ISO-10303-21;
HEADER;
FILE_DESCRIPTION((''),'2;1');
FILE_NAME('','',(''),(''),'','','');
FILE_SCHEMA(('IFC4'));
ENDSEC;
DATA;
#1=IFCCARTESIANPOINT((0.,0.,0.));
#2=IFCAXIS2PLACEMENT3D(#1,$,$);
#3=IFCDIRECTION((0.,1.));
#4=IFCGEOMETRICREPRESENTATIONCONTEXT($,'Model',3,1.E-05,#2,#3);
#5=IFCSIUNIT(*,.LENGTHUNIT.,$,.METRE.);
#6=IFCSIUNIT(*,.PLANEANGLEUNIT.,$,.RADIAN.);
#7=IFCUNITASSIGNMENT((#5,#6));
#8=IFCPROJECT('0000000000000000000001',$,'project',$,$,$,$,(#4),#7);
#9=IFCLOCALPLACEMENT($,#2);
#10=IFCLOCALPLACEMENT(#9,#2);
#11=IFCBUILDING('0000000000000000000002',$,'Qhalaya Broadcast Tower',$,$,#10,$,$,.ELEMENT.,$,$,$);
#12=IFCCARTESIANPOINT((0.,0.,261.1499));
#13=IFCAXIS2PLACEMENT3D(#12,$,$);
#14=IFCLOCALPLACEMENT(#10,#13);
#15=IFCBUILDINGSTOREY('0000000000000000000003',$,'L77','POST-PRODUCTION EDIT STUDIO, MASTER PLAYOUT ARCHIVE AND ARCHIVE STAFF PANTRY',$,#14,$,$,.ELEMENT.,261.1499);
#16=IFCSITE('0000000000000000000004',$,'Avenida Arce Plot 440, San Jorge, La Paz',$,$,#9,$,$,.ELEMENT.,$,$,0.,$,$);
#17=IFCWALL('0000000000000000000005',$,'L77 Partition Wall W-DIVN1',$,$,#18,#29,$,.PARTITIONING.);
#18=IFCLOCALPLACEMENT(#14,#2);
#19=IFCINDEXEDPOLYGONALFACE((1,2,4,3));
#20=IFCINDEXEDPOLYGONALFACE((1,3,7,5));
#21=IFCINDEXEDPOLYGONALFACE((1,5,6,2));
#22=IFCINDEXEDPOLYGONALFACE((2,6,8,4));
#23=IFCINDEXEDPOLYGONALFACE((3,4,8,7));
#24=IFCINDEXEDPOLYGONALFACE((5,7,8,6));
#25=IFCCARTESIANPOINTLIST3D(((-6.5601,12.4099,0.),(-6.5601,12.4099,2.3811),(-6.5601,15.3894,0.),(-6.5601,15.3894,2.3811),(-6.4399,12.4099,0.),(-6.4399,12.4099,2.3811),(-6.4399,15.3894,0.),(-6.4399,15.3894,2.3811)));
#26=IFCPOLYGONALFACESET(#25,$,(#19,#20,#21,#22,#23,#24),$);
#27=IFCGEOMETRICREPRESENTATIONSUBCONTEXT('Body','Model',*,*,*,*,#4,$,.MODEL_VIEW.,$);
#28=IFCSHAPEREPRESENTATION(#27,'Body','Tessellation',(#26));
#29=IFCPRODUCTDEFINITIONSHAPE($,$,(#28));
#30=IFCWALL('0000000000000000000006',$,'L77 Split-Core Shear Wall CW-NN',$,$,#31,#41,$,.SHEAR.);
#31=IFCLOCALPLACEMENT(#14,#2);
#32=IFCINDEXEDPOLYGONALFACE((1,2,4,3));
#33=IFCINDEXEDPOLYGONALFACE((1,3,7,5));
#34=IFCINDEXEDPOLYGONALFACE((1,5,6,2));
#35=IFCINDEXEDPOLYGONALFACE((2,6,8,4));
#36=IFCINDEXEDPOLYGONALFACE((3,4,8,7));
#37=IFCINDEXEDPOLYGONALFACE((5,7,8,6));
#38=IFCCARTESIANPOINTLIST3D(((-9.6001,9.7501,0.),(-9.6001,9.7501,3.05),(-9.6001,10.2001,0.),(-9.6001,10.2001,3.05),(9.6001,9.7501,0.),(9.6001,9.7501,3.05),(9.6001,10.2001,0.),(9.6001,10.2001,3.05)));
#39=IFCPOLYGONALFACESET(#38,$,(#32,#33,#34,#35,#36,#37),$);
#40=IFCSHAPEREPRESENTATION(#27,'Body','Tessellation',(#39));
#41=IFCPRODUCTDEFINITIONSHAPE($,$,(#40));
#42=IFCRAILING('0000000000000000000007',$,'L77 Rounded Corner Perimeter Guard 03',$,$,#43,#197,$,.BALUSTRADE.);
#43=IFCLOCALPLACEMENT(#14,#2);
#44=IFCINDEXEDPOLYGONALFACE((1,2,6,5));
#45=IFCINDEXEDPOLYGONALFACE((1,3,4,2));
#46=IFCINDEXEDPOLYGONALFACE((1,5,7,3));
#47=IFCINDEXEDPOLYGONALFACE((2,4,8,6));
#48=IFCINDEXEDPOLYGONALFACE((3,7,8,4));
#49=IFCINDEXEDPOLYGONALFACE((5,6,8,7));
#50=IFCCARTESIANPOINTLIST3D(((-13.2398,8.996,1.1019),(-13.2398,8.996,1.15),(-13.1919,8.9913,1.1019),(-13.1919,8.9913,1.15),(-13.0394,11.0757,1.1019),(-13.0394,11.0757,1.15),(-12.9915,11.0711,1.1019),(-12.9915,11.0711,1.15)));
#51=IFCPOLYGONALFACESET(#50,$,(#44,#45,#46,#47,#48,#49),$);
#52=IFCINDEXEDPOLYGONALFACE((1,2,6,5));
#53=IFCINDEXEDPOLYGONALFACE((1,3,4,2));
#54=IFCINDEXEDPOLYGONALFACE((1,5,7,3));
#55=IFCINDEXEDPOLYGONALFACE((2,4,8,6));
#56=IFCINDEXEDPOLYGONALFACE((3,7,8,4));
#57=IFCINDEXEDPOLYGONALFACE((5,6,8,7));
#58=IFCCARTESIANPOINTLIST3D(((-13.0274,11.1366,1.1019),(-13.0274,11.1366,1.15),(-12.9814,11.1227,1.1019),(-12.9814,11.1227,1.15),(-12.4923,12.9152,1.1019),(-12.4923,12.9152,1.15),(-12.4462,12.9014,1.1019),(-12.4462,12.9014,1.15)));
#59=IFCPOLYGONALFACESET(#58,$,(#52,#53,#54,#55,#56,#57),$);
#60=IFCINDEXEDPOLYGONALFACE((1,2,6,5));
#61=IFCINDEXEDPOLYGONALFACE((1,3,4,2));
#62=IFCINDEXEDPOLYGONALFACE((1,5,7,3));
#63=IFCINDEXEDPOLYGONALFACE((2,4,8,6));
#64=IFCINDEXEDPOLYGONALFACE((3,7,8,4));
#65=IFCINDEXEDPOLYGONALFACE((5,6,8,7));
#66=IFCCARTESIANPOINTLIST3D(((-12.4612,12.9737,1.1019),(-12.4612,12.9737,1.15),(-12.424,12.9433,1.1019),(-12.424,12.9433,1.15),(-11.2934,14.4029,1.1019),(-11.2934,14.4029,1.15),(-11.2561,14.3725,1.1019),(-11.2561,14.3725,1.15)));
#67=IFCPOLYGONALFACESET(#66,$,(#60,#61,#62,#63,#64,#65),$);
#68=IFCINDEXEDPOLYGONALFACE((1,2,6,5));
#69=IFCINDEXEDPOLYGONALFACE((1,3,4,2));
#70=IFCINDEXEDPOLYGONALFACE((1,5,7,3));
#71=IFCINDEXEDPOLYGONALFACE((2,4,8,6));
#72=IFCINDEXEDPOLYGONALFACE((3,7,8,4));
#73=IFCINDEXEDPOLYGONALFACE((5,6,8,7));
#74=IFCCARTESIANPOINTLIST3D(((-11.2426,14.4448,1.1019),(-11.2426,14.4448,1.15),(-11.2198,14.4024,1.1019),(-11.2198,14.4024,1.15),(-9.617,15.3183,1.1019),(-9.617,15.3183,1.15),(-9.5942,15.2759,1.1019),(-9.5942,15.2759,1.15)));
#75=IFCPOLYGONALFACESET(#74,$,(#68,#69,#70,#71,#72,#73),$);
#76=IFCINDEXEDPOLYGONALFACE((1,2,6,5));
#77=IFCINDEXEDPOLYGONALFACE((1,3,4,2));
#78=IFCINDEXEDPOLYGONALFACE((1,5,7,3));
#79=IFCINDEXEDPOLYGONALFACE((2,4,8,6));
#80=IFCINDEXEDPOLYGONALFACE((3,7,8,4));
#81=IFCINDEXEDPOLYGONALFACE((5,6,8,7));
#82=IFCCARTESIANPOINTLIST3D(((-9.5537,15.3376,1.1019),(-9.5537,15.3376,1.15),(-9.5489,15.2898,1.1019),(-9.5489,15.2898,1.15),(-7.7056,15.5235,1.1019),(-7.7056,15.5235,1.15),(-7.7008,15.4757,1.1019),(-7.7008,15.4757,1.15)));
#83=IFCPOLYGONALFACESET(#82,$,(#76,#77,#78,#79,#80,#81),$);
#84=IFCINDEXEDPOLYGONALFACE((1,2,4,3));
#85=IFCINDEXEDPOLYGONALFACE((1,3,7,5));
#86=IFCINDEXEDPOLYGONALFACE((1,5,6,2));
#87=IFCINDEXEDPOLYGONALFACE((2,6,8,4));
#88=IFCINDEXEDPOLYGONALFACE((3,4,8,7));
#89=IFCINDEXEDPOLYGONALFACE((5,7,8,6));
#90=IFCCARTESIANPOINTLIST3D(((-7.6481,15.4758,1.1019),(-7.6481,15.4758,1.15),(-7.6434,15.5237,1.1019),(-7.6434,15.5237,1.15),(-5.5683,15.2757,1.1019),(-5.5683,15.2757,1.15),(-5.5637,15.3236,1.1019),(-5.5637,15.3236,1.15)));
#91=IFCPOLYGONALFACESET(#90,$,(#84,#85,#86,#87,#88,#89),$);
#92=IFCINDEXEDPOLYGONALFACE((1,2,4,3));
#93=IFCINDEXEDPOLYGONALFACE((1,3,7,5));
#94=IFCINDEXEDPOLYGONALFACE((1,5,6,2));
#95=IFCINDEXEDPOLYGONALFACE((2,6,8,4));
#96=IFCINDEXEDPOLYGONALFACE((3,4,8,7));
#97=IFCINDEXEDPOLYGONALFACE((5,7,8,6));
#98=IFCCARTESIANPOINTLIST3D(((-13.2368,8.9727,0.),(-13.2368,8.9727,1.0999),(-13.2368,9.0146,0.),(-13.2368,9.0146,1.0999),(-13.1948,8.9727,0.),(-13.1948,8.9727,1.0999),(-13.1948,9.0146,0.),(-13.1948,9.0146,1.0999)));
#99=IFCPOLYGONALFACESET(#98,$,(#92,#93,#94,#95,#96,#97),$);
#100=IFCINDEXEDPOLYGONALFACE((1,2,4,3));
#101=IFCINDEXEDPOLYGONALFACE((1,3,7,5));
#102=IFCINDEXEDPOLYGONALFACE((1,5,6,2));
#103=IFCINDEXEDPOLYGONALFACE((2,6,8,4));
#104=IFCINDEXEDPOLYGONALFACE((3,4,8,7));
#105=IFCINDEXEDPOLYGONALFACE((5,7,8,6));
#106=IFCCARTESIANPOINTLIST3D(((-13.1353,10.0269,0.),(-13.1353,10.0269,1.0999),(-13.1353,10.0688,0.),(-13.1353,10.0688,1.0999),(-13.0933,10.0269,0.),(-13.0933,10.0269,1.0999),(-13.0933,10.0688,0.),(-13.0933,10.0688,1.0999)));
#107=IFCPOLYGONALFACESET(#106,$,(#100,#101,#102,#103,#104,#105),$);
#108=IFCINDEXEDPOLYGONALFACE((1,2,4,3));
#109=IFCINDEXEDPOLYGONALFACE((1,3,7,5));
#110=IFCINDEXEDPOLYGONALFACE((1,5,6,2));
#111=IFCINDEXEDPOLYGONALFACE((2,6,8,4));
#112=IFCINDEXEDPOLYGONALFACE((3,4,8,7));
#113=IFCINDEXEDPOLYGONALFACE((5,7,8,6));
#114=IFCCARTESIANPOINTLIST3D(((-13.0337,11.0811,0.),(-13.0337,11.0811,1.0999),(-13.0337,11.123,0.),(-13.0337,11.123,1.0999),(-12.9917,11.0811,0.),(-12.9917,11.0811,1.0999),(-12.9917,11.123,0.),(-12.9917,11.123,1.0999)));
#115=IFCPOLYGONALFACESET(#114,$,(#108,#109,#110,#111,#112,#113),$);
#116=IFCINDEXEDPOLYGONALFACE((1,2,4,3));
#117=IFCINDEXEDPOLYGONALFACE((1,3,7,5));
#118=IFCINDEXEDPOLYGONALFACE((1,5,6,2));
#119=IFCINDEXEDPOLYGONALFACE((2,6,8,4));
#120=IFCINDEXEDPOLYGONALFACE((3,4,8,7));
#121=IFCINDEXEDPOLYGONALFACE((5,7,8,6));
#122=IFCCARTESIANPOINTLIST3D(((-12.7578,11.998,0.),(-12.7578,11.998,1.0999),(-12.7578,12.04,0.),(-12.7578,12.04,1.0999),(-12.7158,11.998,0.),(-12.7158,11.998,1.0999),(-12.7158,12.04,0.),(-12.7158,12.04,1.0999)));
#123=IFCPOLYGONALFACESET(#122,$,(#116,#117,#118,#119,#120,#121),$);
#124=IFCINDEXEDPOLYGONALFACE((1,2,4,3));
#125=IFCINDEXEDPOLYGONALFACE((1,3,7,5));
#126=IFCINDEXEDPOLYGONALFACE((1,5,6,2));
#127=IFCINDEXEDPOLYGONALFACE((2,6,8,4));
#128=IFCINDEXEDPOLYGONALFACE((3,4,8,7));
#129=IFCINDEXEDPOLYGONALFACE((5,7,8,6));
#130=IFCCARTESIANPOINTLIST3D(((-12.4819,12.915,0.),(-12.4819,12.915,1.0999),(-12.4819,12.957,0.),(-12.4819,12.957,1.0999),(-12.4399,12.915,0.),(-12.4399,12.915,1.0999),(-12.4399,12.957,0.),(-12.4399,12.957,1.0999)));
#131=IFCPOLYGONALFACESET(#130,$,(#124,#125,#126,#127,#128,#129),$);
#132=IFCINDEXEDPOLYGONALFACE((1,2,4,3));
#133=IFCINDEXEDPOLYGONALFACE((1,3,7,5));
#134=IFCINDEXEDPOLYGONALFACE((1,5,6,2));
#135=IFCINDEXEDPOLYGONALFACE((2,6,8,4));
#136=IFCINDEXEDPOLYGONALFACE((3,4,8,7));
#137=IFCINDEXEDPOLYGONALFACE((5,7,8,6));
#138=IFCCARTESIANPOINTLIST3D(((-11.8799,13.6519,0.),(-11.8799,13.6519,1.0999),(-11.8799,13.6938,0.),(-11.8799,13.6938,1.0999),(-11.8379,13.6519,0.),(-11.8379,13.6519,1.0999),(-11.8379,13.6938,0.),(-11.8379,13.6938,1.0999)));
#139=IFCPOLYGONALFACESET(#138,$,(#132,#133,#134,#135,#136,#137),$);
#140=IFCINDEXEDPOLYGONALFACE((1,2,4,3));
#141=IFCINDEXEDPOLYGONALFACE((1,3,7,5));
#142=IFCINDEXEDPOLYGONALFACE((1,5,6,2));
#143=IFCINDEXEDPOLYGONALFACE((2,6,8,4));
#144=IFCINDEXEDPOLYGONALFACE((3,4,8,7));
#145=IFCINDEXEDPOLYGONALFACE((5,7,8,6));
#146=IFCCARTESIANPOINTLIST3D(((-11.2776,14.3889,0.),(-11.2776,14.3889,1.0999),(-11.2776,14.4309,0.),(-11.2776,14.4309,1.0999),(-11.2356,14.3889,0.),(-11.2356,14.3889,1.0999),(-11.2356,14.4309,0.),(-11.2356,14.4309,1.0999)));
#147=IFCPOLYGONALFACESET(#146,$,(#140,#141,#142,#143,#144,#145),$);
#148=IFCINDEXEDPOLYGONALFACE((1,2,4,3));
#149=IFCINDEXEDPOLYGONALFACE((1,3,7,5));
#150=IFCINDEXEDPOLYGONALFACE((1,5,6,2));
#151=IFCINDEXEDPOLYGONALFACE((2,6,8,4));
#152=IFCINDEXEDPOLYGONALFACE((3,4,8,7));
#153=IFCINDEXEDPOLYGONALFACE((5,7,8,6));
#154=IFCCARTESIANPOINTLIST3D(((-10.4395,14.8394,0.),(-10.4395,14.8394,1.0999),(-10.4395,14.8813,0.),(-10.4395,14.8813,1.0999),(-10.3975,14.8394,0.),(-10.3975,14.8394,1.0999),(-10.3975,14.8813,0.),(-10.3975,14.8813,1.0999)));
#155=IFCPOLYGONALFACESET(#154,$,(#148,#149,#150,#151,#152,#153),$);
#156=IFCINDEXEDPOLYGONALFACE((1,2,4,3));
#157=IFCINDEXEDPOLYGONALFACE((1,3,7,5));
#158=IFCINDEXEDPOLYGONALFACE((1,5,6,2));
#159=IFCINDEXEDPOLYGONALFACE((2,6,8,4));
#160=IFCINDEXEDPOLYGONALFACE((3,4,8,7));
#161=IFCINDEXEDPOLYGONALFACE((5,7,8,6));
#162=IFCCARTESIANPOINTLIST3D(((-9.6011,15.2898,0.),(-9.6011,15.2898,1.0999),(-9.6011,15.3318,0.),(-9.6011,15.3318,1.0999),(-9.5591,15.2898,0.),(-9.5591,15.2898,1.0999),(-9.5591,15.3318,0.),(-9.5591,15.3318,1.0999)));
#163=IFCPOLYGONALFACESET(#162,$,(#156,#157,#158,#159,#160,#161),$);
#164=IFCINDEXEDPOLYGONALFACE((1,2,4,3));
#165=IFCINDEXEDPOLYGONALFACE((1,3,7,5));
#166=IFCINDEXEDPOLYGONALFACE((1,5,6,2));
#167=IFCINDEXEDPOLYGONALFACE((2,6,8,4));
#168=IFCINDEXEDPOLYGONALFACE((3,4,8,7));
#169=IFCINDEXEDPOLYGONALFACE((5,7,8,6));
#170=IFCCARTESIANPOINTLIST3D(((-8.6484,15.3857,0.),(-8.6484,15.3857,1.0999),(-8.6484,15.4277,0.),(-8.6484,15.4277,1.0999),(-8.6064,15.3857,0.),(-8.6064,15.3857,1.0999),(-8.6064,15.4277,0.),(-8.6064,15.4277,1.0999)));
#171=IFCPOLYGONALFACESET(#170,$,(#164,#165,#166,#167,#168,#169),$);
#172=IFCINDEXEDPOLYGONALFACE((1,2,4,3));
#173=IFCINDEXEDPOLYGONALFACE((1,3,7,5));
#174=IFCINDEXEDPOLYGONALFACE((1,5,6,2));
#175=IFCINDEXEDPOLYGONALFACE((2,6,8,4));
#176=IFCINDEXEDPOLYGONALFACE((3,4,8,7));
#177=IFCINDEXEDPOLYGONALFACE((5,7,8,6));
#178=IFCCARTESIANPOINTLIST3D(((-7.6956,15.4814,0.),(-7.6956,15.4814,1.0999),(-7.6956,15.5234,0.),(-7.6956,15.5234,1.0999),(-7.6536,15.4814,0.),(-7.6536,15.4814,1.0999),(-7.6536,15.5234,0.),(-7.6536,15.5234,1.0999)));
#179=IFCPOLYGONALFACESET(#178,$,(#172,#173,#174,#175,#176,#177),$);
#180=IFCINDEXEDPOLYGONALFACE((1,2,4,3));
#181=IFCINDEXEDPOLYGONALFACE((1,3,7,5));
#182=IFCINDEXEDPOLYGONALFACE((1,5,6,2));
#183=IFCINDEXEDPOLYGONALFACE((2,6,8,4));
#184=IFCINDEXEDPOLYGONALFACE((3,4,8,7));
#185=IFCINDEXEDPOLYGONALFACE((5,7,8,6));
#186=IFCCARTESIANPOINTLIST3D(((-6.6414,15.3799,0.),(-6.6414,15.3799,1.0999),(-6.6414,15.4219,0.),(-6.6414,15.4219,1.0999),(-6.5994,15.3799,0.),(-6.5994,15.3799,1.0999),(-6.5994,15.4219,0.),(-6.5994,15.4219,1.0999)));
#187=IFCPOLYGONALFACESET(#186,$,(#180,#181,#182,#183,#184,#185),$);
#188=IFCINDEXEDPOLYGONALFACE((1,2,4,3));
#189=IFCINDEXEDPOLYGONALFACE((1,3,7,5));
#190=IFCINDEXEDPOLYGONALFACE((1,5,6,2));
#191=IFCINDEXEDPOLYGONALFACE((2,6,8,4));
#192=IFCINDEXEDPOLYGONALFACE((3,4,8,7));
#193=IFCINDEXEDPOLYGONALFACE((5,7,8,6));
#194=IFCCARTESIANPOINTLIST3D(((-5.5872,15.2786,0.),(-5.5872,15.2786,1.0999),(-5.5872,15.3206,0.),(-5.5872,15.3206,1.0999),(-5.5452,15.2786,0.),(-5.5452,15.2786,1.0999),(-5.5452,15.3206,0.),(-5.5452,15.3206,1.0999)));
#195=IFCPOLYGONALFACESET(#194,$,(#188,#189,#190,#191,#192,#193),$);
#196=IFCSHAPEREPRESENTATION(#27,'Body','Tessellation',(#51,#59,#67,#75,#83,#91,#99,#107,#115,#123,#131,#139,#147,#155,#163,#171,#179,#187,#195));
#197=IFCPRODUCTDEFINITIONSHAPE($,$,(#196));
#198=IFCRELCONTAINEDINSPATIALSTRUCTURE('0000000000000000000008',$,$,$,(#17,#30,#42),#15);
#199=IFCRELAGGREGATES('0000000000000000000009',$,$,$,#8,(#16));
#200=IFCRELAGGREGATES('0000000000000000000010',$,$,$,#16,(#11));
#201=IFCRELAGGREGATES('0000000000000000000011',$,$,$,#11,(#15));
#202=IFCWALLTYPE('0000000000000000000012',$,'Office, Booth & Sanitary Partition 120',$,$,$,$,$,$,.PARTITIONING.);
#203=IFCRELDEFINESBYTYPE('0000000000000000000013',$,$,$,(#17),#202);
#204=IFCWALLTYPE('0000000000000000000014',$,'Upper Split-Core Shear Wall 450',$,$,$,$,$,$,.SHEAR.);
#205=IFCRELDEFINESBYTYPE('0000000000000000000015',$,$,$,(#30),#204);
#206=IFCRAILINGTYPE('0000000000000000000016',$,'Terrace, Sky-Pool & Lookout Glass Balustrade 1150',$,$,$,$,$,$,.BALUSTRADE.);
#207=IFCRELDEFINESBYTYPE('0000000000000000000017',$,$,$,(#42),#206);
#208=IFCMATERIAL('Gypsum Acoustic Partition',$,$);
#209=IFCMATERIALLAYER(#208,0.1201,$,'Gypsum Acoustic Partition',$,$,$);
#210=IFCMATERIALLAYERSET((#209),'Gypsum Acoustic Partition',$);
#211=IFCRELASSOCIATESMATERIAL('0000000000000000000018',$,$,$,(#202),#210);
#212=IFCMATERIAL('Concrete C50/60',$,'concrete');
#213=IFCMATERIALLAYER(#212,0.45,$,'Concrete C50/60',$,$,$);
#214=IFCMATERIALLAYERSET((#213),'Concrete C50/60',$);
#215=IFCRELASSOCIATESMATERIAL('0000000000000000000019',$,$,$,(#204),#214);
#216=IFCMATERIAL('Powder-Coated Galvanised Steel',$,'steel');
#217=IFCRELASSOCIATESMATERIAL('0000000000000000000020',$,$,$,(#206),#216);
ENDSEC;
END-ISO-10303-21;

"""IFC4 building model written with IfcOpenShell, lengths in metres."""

from ifc_helpers import new_model, si_unit, direction, frame, frame_2d, origin, origin_2d, place, context, subcontext, project, spatial, rectangle, extrude, material, layer, layer_set, type_object, element, save


model = new_model("IFC4")

# Units and contexts
model_context = context("Model", 3, precision=1e-05, world=origin(), true_north=direction((0.0, 1.0)))
body_context = subcontext(model_context, "Body", "Model", "MODEL_VIEW")
ifc_project = project(units=[si_unit("LENGTHUNIT", "METRE"), si_unit("PLANEANGLEUNIT", "RADIAN")], contexts=[model_context])

# Site, building, storey
site_placement = place(None, origin())
site = spatial("IfcSite", under=ifc_project, at=site_placement, Name="Avenida Arce Plot 440, San Jorge, La Paz", CompositionType="ELEMENT", RefElevation=0.0)
building_placement = place(site_placement, origin())
building = spatial("IfcBuilding", under=site, at=building_placement, Name="Qhalaya Broadcast Tower", CompositionType="ELEMENT")
storey_placement = place(building_placement, frame((0.0, 0.0, 261.1499)))
storey = spatial("IfcBuildingStorey", under=building, at=storey_placement, Name="L77", Description="POST-PRODUCTION EDIT STUDIO, MASTER PLAYOUT ARCHIVE AND ARCHIVE STAFF PANTRY", CompositionType="ELEMENT", Elevation=261.1499)

# Shared definitions
ifc_material_1 = material(Name="Concrete C50/60", Category="concrete")

# Shared definitions
ifc_material_2 = material(Name="Gypsum Acoustic Partition")

# Walls
ifc_layer_1 = layer(ifc_material_2, 0.1201, Name="Gypsum Acoustic Partition")
ifc_layer_set_1 = layer_set([ifc_layer_1], Name="Gypsum Acoustic Partition")
wall_type_1 = type_object("IfcWallType", Name="Office, Booth & Sanitary Partition 120", PredefinedType="PARTITIONING", material=ifc_layer_set_1)
wall_1_placement = place(storey_placement, frame((-6.5, 12.4099, 0.0), z_axis=(0.0, 0.0, 1.0), x_axis=(0.0, 1.0, 0.0)))
element("IfcWall", 1, at=wall_1_placement, inside=storey, type_object=wall_type_1, Name="L77 Partition Wall W-DIVN1", PredefinedType="PARTITIONING", context=body_context, shape_type="SweptSolid", body=[
    extrude(rectangle(XDim=2.9795, YDim=0.1201, at=frame_2d((1.4897, 0.0))), origin(), (0.0, 0.0, 1.0), 2.3811),
])
ifc_layer_2 = layer(ifc_material_1, 0.45, Name="Concrete C50/60")
ifc_layer_set_2 = layer_set([ifc_layer_2], Name="Concrete C50/60")
wall_type_2 = type_object("IfcWallType", Name="Upper Split-Core Shear Wall 450", PredefinedType="SHEAR", material=ifc_layer_set_2)
wall_2_placement = place(storey_placement, frame((-9.6001, 9.9751, 0.0), z_axis=(0.0, 0.0, 1.0), x_axis=(1.0, 0.0, 0.0)))
element("IfcWall", 2, at=wall_2_placement, inside=storey, type_object=wall_type_2, Name="L77 Split-Core Shear Wall CW-NN", PredefinedType="SHEAR", context=body_context, shape_type="SweptSolid", body=[
    extrude(rectangle(XDim=19.2002, YDim=0.45, at=frame_2d((9.6001, 0.0))), origin(), (0.0, 0.0, 1.0), 3.05),
])

# Railing
ifc_material_3 = material(Name="Powder-Coated Galvanised Steel", Category="steel")
railing_type = type_object("IfcRailingType", Name="Terrace, Sky-Pool & Lookout Glass Balustrade 1150", PredefinedType="BALUSTRADE", material=ifc_material_3)
railing_placement = place(storey_placement, frame((-13.2158, 8.9937, 0.0)))
element("IfcRailing", 3, at=railing_placement, inside=storey, type_object=railing_type, Name="L77 Rounded Corner Perimeter Guard 03", PredefinedType="BALUSTRADE", context=body_context, shape_type="SweptSolid", body=[
    extrude(rectangle(XDim=0.0481, YDim=0.0481, at=origin_2d()), frame((0.0, 0.0, 1.126), z_axis=(0.095897, 0.995391, 0.0), x_axis=(-0.995391, 0.095897, 0.0)), (0.0, 0.0, 1.0), 2.0894),
    extrude(rectangle(XDim=0.0481, YDim=0.0481, at=origin_2d()), frame((0.2114, 2.136, 1.126), z_axis=(0.288096, 0.957601, 0.0), x_axis=(-0.957601, 0.288096, 0.0)), (0.0, 0.0, 1.0), 1.8574),
    extrude(rectangle(XDim=0.0481, YDim=0.0481, at=origin_2d()), frame((0.7732, 3.9648, 1.126), z_axis=(0.632749, 0.774357, 0.0), x_axis=(-0.774357, 0.632749, 0.0)), (0.0, 0.0, 1.0), 1.8457),
    extrude(rectangle(XDim=0.0481, YDim=0.0481, at=origin_2d()), frame((1.9846, 5.4299, 1.126), z_axis=(0.880879, 0.473342, 0.0), x_axis=(-0.473342, 0.880879, 0.0)), (0.0, 0.0, 1.0), 1.8455),
    extrude(rectangle(XDim=0.0481, YDim=0.0481, at=origin_2d()), frame((3.6646, 6.3201, 1.126), z_axis=(0.99498, 0.100072, 0.0), x_axis=(-0.100072, 0.99498, 0.0)), (0.0, 0.0, 1.0), 1.8574),
    extrude(rectangle(XDim=0.0481, YDim=0.0481, at=origin_2d()), frame((5.5701, 6.5061, 1.126), z_axis=(0.995402, -0.095783, 0.0), x_axis=(0.095783, 0.995402, 0.0)), (0.0, 0.0, 1.0), 2.0894),
    extrude(rectangle(XDim=0.042, YDim=0.042, at=origin_2d()), origin(), (0.0, 0.0, 1.0), 1.0999),
    extrude(rectangle(XDim=0.042, YDim=0.042, at=origin_2d()), frame((0.1016, 1.0542, 0.0)), (0.0, 0.0, 1.0), 1.0999),
    extrude(rectangle(XDim=0.042, YDim=0.042, at=origin_2d()), frame((0.2031, 2.1084, 0.0)), (0.0, 0.0, 1.0), 1.0999),
    extrude(rectangle(XDim=0.042, YDim=0.042, at=origin_2d()), frame((0.479, 3.0254, 0.0)), (0.0, 0.0, 1.0), 1.0999),
    extrude(rectangle(XDim=0.042, YDim=0.042, at=origin_2d()), frame((0.7549, 3.9424, 0.0)), (0.0, 0.0, 1.0), 1.0999),
    extrude(rectangle(XDim=0.042, YDim=0.042, at=origin_2d()), frame((1.3569, 4.6792, 0.0)), (0.0, 0.0, 1.0), 1.0999),
    extrude(rectangle(XDim=0.042, YDim=0.042, at=origin_2d()), frame((1.9592, 5.4163, 0.0)), (0.0, 0.0, 1.0), 1.0999),
    extrude(rectangle(XDim=0.042, YDim=0.042, at=origin_2d()), frame((2.7974, 5.8667, 0.0)), (0.0, 0.0, 1.0), 1.0999),
    extrude(rectangle(XDim=0.042, YDim=0.042, at=origin_2d()), frame((3.6357, 6.3171, 0.0)), (0.0, 0.0, 1.0), 1.0999),
    extrude(rectangle(XDim=0.042, YDim=0.042, at=origin_2d()), frame((4.5884, 6.4131, 0.0)), (0.0, 0.0, 1.0), 1.0999),
    extrude(rectangle(XDim=0.042, YDim=0.042, at=origin_2d()), frame((5.5413, 6.5088, 0.0)), (0.0, 0.0, 1.0), 1.0999),
    extrude(rectangle(XDim=0.042, YDim=0.042, at=origin_2d()), frame((6.5955, 6.4072, 0.0)), (0.0, 0.0, 1.0), 1.0999),
    extrude(rectangle(XDim=0.042, YDim=0.042, at=origin_2d()), frame((7.6497, 6.3059, 0.0)), (0.0, 0.0, 1.0), 1.0999),
])

save(model, "model.ifc")
